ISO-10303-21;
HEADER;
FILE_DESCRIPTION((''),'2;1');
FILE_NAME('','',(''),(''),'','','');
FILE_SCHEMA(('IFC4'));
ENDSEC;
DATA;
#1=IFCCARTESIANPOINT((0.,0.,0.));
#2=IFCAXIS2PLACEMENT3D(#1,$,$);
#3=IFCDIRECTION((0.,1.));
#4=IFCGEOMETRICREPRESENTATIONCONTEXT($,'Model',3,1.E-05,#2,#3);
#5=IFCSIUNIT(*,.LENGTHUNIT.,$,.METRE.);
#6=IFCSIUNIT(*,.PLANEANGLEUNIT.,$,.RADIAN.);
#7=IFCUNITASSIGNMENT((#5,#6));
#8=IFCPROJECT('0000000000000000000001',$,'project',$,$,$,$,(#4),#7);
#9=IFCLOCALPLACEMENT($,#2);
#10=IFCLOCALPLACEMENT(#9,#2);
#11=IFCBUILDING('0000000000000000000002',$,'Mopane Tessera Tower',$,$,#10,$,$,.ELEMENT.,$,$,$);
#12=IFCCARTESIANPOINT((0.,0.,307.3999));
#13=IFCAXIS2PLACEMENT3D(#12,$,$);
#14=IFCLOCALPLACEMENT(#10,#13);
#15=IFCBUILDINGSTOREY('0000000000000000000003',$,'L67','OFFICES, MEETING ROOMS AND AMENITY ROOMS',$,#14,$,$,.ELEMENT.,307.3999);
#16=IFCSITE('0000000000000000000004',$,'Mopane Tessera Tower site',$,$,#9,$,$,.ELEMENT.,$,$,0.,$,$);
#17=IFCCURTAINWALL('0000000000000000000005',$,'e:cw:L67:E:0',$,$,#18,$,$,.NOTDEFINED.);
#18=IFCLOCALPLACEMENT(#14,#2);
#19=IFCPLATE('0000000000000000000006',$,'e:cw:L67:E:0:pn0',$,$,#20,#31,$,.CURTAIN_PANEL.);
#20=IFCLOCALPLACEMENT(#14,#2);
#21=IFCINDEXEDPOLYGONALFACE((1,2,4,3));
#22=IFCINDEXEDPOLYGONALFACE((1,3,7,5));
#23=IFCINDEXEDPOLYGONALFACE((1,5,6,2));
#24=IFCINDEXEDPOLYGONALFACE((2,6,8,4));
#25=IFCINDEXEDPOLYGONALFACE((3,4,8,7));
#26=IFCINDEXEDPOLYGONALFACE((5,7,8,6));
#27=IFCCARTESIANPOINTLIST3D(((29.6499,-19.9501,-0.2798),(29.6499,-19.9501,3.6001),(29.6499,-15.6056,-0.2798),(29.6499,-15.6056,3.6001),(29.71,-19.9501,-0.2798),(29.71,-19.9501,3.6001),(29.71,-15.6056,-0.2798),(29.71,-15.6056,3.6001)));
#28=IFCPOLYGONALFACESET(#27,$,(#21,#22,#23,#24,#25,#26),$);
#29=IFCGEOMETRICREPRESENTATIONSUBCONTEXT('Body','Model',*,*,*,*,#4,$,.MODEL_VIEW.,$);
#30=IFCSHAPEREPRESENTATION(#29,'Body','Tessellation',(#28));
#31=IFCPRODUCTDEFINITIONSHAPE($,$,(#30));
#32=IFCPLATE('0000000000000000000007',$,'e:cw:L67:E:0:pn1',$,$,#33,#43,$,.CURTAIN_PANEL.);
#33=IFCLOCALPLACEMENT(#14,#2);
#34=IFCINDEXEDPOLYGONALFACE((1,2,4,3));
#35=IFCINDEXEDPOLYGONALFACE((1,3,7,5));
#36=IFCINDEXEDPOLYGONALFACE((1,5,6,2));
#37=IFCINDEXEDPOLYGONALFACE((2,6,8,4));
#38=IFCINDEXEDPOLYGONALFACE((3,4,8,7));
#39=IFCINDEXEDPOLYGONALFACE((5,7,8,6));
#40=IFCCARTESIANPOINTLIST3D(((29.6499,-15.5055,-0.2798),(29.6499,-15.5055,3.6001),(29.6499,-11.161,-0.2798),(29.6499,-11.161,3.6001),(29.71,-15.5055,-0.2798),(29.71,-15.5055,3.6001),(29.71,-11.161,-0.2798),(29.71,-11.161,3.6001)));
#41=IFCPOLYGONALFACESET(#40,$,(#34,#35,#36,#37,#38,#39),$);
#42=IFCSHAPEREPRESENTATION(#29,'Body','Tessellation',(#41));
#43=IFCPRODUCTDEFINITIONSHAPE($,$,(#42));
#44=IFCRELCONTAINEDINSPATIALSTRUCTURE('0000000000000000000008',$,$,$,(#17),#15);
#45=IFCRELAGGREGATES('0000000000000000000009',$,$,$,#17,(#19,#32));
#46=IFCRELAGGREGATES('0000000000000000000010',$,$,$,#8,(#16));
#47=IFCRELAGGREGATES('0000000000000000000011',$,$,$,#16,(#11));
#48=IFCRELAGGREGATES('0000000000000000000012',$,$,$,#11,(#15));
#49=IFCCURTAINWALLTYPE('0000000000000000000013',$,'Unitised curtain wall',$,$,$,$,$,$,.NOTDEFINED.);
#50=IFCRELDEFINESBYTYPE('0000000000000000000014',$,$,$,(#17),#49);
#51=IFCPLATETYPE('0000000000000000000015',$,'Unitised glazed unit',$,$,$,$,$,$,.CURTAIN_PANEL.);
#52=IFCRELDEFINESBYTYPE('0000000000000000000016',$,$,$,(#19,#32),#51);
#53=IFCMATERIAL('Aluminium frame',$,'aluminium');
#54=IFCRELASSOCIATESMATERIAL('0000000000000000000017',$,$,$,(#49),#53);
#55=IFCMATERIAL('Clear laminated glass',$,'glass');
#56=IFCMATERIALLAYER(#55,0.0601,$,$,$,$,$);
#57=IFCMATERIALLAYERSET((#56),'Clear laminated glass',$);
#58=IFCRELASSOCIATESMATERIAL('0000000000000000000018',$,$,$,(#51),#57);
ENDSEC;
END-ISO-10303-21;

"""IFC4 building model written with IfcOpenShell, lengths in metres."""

from ifc_helpers import new_model, si_unit, direction, frame, origin, origin_2d, place, context, subcontext, project, spatial, rectangle, extrude, material, layer, layer_set, type_object, element, aggregate, save


model = new_model("IFC4")

# Units and contexts
model_context = context("Model", 3, precision=1e-05, world=origin(), true_north=direction((0.0, 1.0)))
body_context = subcontext(model_context, "Body", "Model", "MODEL_VIEW")
ifc_project = project(units=[si_unit("LENGTHUNIT", "METRE"), si_unit("PLANEANGLEUNIT", "RADIAN")], contexts=[model_context])

# Site, building, storey
site_placement = place(None, origin())
site = spatial("IfcSite", under=ifc_project, at=site_placement, Name="Mopane Tessera Tower site", CompositionType="ELEMENT", RefElevation=0.0)
building_placement = place(site_placement, origin())
building = spatial("IfcBuilding", under=site, at=building_placement, Name="Mopane Tessera Tower", CompositionType="ELEMENT")
storey_placement = place(building_placement, frame((0.0, 0.0, 307.3999)))
storey = spatial("IfcBuildingStorey", under=building, at=storey_placement, Name="L67", Description="OFFICES, MEETING ROOMS AND AMENITY ROOMS", CompositionType="ELEMENT", Elevation=307.3999)

# Curtain wall
ifc_material_1 = material(Name="Aluminium frame", Category="aluminium")
curtain_wall_type = type_object("IfcCurtainWallType", Name="Unitised curtain wall", PredefinedType="NOTDEFINED", material=ifc_material_1)
curtain_wall_1_placement = place(storey_placement, origin())
curtain_wall_1 = element("IfcCurtainWall", 1, at=curtain_wall_1_placement, inside=storey, type_object=curtain_wall_type, Name="e:cw:L67:E:0", PredefinedType="NOTDEFINED")

# Plates
ifc_material_2 = material(Name="Clear laminated glass", Category="glass")
ifc_layer = layer(ifc_material_2, 0.0601)
ifc_layer_set = layer_set([ifc_layer], Name="Clear laminated glass")
plate_type = type_object("IfcPlateType", Name="Unitised glazed unit", PredefinedType="CURTAIN_PANEL", material=ifc_layer_set)
plate_1_placement = place(storey_placement, frame((29.6799, -17.7778, -0.2798), z_axis=(0.0, 0.0, 1.0), x_axis=(0.0, 1.0, 0.0)))
plate_1 = element("IfcPlate", 2, at=plate_1_placement, type_object=plate_type, Name="e:cw:L67:E:0:pn0", PredefinedType="CURTAIN_PANEL", context=body_context, shape_type="SweptSolid", body=[
    extrude(rectangle(XDim=4.3445, YDim=0.0601, at=origin_2d()), origin(), (0.0, 0.0, 1.0), 3.8799),
])
plate_2_placement = place(storey_placement, frame((29.6799, -13.3333, -0.2798), z_axis=(0.0, 0.0, 1.0), x_axis=(0.0, 1.0, 0.0)))
plate_2 = element("IfcPlate", 3, at=plate_2_placement, type_object=plate_type, Name="e:cw:L67:E:0:pn1", PredefinedType="CURTAIN_PANEL", context=body_context, shape_type="SweptSolid", body=[
    extrude(rectangle(XDim=4.3445, YDim=0.0601, at=origin_2d()), origin(), (0.0, 0.0, 1.0), 3.8799),
])
aggregate(curtain_wall_1, [plate_1, plate_2])

save(model, "model.ifc")
